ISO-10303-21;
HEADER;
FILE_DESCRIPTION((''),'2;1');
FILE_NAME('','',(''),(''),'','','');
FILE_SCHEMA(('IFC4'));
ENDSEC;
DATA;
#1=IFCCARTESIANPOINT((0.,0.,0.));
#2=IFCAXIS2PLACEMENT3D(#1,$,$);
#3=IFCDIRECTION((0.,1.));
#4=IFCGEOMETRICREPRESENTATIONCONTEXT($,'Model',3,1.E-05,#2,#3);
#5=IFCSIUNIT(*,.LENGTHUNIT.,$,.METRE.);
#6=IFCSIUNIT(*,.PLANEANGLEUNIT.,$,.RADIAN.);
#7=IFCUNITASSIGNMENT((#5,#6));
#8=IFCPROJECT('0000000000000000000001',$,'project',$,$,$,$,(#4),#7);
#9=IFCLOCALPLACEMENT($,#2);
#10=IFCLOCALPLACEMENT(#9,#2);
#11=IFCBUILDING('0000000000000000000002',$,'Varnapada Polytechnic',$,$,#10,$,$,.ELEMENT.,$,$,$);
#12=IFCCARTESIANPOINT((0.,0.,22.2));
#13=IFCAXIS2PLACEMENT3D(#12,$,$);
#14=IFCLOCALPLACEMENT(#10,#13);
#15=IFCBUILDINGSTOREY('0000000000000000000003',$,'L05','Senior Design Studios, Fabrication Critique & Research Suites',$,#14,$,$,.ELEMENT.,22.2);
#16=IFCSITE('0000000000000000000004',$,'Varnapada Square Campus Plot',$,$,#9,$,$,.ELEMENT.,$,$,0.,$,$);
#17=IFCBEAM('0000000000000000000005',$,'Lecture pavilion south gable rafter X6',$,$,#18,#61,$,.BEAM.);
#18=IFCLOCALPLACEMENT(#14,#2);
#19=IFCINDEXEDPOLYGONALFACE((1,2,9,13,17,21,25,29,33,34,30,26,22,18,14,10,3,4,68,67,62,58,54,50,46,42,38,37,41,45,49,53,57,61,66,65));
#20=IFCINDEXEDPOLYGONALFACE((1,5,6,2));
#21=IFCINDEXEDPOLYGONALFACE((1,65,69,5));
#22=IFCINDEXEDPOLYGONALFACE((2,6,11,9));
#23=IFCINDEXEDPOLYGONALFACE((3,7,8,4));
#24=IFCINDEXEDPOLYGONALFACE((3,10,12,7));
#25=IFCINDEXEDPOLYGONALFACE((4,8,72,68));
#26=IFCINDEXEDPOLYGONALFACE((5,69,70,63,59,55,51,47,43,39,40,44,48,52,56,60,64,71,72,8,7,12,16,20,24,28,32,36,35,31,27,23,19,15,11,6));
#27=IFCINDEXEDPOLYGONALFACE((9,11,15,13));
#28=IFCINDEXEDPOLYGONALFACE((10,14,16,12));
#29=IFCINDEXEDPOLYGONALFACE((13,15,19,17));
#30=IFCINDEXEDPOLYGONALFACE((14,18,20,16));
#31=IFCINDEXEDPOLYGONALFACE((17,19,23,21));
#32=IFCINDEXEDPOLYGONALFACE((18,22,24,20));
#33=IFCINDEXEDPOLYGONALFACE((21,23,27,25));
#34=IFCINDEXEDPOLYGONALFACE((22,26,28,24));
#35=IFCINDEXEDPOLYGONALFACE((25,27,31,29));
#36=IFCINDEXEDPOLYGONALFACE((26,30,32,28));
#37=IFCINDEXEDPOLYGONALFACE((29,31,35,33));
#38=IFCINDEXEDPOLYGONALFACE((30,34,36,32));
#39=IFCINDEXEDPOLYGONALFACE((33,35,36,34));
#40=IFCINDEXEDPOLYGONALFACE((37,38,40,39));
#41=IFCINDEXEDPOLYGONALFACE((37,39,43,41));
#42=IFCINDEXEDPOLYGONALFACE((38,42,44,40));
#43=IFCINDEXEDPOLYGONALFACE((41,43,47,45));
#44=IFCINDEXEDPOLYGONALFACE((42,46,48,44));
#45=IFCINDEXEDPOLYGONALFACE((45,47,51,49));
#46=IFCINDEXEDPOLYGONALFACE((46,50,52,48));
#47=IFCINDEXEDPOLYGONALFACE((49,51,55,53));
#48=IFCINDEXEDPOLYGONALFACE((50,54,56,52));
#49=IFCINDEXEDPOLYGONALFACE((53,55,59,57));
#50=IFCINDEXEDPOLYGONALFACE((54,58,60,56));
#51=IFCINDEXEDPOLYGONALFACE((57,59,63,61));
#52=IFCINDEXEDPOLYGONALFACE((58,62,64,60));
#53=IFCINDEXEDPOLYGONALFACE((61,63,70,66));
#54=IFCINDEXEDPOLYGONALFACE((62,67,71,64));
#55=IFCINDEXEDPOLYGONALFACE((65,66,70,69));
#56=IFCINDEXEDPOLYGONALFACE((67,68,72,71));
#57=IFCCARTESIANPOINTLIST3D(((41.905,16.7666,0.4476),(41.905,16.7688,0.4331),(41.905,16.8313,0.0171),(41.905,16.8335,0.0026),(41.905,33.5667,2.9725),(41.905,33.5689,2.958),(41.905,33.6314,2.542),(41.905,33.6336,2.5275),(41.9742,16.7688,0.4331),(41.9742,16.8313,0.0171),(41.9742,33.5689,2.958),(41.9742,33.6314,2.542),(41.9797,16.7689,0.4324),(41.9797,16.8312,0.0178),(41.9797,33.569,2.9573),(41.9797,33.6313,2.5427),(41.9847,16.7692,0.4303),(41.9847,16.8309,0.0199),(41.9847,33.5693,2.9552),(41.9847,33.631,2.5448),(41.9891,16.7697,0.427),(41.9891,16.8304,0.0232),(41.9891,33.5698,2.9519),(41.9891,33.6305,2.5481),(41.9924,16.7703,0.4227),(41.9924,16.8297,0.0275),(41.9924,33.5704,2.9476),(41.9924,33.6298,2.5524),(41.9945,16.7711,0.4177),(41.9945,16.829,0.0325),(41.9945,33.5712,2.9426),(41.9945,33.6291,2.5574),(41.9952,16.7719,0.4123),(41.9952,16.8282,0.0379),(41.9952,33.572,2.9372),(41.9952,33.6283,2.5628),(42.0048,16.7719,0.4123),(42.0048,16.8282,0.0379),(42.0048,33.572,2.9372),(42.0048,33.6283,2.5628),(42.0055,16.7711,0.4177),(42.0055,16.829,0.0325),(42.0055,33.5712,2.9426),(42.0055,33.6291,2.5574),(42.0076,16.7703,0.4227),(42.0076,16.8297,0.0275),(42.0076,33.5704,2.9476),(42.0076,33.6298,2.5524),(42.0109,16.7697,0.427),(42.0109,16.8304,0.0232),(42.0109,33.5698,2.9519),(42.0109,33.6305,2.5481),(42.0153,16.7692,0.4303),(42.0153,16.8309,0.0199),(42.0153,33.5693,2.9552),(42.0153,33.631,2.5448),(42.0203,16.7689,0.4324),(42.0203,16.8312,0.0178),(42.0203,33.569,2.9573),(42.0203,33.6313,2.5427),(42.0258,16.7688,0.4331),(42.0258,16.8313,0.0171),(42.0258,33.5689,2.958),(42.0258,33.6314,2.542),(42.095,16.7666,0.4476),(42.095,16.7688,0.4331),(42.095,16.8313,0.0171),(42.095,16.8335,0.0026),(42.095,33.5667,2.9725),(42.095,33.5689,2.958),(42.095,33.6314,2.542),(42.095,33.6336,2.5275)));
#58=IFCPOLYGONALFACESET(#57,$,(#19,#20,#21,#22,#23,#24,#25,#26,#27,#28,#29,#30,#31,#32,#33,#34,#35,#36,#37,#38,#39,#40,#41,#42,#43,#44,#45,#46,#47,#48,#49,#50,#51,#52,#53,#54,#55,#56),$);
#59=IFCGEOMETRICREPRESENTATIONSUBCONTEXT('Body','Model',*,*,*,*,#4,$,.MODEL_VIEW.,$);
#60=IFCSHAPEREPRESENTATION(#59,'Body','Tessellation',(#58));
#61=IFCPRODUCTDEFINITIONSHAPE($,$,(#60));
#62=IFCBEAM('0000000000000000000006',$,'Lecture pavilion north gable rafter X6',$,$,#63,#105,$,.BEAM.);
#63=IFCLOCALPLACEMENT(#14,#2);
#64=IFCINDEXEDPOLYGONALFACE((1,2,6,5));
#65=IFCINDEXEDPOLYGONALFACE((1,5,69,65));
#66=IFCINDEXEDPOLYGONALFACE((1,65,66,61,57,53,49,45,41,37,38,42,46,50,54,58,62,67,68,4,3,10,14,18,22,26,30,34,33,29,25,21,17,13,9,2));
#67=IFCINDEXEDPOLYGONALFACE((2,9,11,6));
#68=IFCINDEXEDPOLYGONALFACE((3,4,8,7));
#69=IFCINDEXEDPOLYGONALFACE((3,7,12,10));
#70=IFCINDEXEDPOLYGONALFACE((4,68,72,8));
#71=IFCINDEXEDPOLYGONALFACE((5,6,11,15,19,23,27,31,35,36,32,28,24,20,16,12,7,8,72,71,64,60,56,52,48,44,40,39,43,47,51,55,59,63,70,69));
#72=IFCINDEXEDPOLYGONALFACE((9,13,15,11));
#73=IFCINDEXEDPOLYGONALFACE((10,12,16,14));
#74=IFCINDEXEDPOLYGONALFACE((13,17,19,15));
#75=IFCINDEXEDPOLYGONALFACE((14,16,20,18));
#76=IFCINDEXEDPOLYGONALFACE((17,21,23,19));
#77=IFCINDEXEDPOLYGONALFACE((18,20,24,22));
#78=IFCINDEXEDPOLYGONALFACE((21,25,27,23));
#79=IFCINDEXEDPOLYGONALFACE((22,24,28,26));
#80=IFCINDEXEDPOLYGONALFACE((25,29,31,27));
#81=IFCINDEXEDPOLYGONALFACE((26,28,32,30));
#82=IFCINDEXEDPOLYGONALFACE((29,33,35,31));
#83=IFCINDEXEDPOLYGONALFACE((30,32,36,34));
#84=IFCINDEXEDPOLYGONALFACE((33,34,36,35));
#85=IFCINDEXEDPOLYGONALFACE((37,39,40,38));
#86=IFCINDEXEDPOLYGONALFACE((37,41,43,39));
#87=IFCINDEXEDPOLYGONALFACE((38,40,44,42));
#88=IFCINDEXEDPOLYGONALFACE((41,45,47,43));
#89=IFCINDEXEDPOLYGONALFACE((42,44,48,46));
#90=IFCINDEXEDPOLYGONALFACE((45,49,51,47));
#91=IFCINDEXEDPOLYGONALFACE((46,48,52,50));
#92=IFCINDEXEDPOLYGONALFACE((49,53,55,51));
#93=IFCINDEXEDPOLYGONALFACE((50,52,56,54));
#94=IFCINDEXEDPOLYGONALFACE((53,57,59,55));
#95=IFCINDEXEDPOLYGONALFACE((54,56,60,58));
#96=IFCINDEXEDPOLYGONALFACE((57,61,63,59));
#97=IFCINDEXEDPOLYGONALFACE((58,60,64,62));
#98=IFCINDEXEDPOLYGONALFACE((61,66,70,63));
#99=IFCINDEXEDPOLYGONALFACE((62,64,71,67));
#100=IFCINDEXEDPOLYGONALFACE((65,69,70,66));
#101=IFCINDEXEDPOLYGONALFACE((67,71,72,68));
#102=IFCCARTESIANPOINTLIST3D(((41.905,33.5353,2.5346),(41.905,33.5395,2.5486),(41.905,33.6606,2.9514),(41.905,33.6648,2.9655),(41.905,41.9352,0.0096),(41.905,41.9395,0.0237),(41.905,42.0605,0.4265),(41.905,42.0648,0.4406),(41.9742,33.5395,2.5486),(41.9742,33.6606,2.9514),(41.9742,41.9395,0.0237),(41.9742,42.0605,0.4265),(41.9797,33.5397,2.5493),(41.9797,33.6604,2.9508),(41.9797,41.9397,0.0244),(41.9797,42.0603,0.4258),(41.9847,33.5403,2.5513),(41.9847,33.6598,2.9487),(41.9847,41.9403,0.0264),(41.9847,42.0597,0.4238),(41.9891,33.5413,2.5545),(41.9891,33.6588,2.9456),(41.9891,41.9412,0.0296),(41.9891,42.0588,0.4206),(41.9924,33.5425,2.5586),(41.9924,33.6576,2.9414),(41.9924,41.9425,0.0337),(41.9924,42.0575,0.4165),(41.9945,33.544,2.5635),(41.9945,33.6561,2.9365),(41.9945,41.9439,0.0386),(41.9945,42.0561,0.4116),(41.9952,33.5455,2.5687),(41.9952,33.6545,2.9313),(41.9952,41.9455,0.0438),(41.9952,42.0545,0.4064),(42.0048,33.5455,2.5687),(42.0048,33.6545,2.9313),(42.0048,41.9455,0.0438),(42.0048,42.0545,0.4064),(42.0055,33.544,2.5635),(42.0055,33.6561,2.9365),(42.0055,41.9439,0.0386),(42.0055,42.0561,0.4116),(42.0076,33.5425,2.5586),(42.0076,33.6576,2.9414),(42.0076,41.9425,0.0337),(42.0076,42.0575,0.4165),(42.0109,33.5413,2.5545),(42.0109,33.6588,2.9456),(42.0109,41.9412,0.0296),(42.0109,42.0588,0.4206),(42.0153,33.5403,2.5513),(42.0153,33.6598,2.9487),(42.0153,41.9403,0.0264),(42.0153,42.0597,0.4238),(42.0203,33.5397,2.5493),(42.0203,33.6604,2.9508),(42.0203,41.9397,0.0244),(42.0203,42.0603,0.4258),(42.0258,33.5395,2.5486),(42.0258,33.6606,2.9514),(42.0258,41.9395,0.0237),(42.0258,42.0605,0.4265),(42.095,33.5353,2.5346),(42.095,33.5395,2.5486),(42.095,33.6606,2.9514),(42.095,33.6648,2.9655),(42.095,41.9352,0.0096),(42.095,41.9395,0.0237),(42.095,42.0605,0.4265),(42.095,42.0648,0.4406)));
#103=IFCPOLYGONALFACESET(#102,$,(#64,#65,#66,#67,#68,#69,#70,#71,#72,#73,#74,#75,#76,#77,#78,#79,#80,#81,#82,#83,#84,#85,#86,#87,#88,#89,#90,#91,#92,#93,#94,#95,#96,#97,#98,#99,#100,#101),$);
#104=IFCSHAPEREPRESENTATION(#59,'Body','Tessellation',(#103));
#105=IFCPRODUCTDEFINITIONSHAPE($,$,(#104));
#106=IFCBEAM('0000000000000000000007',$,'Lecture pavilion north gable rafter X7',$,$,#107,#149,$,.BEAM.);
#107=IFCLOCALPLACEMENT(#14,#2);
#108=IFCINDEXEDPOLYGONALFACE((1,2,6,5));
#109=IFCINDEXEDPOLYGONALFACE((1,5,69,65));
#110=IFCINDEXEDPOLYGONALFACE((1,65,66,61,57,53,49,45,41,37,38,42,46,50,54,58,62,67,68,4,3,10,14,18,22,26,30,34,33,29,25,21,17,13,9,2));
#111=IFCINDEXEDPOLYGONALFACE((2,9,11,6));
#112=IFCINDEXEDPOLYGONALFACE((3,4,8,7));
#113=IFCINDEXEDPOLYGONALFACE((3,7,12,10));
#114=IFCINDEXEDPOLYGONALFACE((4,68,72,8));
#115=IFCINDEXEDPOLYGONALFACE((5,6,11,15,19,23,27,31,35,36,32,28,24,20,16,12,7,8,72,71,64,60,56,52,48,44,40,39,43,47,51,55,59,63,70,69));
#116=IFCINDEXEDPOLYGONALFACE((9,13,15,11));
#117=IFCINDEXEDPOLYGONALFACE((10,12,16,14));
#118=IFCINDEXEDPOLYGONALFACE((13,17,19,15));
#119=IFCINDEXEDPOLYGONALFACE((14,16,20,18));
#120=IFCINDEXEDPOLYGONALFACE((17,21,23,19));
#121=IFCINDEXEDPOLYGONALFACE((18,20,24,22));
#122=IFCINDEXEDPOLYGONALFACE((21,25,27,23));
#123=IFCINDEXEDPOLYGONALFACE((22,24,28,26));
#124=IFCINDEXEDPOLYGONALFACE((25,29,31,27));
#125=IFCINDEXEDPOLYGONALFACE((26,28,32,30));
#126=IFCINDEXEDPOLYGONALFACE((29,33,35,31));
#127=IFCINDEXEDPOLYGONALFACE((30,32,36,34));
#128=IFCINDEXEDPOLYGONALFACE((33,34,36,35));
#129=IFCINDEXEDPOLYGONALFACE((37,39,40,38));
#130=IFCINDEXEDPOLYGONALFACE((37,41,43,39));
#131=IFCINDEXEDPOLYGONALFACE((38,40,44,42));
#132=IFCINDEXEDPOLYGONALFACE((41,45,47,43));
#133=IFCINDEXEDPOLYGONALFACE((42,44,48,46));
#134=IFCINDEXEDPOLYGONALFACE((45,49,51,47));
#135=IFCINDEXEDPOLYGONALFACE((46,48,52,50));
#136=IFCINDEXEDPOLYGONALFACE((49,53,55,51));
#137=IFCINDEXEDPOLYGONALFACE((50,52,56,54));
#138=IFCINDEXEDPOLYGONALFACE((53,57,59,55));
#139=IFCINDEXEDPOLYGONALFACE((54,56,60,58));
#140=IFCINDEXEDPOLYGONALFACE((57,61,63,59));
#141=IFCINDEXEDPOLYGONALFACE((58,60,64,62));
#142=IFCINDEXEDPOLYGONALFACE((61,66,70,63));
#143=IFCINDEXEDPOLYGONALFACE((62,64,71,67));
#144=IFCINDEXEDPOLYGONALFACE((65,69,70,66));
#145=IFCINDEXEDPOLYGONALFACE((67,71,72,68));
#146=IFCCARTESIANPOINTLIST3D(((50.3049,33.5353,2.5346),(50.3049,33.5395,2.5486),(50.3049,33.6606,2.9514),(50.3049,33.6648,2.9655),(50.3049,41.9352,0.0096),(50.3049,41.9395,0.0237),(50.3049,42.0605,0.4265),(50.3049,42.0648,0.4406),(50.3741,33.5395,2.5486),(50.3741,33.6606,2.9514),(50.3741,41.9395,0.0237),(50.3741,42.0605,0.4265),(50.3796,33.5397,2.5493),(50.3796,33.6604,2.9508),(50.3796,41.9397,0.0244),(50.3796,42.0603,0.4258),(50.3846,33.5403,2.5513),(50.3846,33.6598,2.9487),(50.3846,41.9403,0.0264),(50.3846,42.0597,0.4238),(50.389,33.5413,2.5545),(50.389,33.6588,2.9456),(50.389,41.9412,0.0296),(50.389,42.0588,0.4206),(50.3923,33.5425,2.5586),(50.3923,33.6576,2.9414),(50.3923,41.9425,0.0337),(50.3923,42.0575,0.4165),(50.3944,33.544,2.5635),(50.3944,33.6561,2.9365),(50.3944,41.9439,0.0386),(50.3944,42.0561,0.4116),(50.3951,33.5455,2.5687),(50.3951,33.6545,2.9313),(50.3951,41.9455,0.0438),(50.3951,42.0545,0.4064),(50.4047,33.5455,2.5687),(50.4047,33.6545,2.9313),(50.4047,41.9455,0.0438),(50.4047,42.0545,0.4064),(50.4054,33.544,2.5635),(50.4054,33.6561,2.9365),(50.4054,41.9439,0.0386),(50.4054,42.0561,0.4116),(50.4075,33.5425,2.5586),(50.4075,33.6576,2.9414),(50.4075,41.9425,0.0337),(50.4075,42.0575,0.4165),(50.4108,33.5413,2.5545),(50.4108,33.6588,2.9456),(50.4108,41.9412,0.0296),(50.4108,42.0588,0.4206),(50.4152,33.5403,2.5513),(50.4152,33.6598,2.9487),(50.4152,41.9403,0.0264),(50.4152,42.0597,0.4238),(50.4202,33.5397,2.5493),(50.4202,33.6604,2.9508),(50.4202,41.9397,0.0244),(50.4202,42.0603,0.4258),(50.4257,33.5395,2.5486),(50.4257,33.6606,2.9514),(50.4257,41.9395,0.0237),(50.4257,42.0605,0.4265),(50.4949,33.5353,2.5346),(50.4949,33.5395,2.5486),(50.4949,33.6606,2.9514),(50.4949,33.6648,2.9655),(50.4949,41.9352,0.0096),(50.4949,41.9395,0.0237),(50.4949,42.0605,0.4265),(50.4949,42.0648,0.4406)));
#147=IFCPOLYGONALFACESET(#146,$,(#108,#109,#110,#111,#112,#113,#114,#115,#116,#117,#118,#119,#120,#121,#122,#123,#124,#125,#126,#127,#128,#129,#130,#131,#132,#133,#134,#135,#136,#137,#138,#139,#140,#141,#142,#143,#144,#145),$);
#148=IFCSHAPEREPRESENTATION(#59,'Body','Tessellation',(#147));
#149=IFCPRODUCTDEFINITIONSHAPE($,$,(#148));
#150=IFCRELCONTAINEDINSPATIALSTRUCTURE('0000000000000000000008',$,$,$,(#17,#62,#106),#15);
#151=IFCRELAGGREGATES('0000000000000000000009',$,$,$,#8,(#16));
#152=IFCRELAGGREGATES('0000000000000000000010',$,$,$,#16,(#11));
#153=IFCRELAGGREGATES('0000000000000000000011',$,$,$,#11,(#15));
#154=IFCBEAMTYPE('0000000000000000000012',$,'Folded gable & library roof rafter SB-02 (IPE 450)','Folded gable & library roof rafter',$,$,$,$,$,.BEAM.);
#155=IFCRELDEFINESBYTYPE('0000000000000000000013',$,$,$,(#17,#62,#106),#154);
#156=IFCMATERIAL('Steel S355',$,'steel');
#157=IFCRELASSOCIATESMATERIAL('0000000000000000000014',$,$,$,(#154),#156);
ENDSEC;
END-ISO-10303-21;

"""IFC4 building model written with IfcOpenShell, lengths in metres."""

from ifc_helpers import new_model, si_unit, direction, frame, origin, origin_2d, place, context, subcontext, project, spatial, i_section, extrude, material, material_profile, profile_set, type_object, element, save


model = new_model("IFC4")

# Units and contexts
model_context = context("Model", 3, precision=1e-05, world=origin(), true_north=direction((0.0, 1.0)))
body_context = subcontext(model_context, "Body", "Model", "MODEL_VIEW")
ifc_project = project(units=[si_unit("LENGTHUNIT", "METRE"), si_unit("PLANEANGLEUNIT", "RADIAN")], contexts=[model_context])

# Site, building, storey
site_placement = place(None, origin())
site = spatial("IfcSite", under=ifc_project, at=site_placement, Name="Varnapada Square Campus Plot", CompositionType="ELEMENT", RefElevation=0.0)
building_placement = place(site_placement, origin())
building = spatial("IfcBuilding", under=site, at=building_placement, Name="Varnapada Polytechnic", CompositionType="ELEMENT")
storey_placement = place(building_placement, frame((0.0, 0.0, 22.2)))
storey = spatial("IfcBuildingStorey", under=building, at=storey_placement, Name="L05", Description="Senior Design Studios, Fabrication Critique & Research Suites", CompositionType="ELEMENT", Elevation=22.2)

# Beams
ifc_material_1 = material(Name="Steel S355", Category="steel")
ifc_material_profile_1 = material_profile(ifc_material_1, i_section(OverallWidth=0.1899, OverallDepth=0.45, WebThickness=0.0095, FlangeThickness=0.0146, FilletRadius=0.021, at=origin_2d()), Name="IPE 450")
ifc_profile_set_1 = profile_set([ifc_material_profile_1], Name="Steel S355")
beam_type_1 = type_object("IfcBeamType", Name="Folded gable & library roof rafter SB-02 (IPE 450)", Description="Folded gable & library roof rafter", PredefinedType="BEAM", material=ifc_profile_set_1)
beam_1_placement = place(storey_placement, frame((42.0, 16.8, 0.2251), z_axis=(0.0, 0.988894, 0.148622), x_axis=(-1.0, 0.0, 0.0)))
element("IfcBeam", 1, at=beam_1_placement, inside=storey, type_object=beam_type_1, Name="Lecture pavilion south gable rafter X6", PredefinedType="BEAM", context=body_context, shape_type="SweptSolid", body=[
    extrude(i_section(OverallWidth=0.1899, OverallDepth=0.45, WebThickness=0.0095, FlangeThickness=0.0146, FilletRadius=0.021, at=origin_2d()), origin(), (0.0, 0.0, 1.0), 16.9888),
])
for number, where, z_axis, x_axis, name in (
    (2, (42.0, 42.0, 0.2251), (0.0, -0.957671, 0.287864), (1.0, 0.0, 0.0), "Lecture pavilion north gable rafter X6"),
    (3, (50.3999, 42.0, 0.2251), (0.0, -0.957671, 0.287864), (1.0, 0.0, 0.0), "Lecture pavilion north gable rafter X7"),
):
    element("IfcBeam", number, at=place(storey_placement, frame(where, z_axis=z_axis, x_axis=x_axis)), inside=storey, type_object=beam_type_1, Name=name, PredefinedType="BEAM", context=body_context, shape_type="SweptSolid", body=[
        extrude(i_section(OverallWidth=0.1899, OverallDepth=0.45, WebThickness=0.0095, FlangeThickness=0.0146, FilletRadius=0.021, at=origin_2d()), origin(), (0.0, 0.0, 1.0), 8.7712),
    ])

save(model, "model.ifc")
